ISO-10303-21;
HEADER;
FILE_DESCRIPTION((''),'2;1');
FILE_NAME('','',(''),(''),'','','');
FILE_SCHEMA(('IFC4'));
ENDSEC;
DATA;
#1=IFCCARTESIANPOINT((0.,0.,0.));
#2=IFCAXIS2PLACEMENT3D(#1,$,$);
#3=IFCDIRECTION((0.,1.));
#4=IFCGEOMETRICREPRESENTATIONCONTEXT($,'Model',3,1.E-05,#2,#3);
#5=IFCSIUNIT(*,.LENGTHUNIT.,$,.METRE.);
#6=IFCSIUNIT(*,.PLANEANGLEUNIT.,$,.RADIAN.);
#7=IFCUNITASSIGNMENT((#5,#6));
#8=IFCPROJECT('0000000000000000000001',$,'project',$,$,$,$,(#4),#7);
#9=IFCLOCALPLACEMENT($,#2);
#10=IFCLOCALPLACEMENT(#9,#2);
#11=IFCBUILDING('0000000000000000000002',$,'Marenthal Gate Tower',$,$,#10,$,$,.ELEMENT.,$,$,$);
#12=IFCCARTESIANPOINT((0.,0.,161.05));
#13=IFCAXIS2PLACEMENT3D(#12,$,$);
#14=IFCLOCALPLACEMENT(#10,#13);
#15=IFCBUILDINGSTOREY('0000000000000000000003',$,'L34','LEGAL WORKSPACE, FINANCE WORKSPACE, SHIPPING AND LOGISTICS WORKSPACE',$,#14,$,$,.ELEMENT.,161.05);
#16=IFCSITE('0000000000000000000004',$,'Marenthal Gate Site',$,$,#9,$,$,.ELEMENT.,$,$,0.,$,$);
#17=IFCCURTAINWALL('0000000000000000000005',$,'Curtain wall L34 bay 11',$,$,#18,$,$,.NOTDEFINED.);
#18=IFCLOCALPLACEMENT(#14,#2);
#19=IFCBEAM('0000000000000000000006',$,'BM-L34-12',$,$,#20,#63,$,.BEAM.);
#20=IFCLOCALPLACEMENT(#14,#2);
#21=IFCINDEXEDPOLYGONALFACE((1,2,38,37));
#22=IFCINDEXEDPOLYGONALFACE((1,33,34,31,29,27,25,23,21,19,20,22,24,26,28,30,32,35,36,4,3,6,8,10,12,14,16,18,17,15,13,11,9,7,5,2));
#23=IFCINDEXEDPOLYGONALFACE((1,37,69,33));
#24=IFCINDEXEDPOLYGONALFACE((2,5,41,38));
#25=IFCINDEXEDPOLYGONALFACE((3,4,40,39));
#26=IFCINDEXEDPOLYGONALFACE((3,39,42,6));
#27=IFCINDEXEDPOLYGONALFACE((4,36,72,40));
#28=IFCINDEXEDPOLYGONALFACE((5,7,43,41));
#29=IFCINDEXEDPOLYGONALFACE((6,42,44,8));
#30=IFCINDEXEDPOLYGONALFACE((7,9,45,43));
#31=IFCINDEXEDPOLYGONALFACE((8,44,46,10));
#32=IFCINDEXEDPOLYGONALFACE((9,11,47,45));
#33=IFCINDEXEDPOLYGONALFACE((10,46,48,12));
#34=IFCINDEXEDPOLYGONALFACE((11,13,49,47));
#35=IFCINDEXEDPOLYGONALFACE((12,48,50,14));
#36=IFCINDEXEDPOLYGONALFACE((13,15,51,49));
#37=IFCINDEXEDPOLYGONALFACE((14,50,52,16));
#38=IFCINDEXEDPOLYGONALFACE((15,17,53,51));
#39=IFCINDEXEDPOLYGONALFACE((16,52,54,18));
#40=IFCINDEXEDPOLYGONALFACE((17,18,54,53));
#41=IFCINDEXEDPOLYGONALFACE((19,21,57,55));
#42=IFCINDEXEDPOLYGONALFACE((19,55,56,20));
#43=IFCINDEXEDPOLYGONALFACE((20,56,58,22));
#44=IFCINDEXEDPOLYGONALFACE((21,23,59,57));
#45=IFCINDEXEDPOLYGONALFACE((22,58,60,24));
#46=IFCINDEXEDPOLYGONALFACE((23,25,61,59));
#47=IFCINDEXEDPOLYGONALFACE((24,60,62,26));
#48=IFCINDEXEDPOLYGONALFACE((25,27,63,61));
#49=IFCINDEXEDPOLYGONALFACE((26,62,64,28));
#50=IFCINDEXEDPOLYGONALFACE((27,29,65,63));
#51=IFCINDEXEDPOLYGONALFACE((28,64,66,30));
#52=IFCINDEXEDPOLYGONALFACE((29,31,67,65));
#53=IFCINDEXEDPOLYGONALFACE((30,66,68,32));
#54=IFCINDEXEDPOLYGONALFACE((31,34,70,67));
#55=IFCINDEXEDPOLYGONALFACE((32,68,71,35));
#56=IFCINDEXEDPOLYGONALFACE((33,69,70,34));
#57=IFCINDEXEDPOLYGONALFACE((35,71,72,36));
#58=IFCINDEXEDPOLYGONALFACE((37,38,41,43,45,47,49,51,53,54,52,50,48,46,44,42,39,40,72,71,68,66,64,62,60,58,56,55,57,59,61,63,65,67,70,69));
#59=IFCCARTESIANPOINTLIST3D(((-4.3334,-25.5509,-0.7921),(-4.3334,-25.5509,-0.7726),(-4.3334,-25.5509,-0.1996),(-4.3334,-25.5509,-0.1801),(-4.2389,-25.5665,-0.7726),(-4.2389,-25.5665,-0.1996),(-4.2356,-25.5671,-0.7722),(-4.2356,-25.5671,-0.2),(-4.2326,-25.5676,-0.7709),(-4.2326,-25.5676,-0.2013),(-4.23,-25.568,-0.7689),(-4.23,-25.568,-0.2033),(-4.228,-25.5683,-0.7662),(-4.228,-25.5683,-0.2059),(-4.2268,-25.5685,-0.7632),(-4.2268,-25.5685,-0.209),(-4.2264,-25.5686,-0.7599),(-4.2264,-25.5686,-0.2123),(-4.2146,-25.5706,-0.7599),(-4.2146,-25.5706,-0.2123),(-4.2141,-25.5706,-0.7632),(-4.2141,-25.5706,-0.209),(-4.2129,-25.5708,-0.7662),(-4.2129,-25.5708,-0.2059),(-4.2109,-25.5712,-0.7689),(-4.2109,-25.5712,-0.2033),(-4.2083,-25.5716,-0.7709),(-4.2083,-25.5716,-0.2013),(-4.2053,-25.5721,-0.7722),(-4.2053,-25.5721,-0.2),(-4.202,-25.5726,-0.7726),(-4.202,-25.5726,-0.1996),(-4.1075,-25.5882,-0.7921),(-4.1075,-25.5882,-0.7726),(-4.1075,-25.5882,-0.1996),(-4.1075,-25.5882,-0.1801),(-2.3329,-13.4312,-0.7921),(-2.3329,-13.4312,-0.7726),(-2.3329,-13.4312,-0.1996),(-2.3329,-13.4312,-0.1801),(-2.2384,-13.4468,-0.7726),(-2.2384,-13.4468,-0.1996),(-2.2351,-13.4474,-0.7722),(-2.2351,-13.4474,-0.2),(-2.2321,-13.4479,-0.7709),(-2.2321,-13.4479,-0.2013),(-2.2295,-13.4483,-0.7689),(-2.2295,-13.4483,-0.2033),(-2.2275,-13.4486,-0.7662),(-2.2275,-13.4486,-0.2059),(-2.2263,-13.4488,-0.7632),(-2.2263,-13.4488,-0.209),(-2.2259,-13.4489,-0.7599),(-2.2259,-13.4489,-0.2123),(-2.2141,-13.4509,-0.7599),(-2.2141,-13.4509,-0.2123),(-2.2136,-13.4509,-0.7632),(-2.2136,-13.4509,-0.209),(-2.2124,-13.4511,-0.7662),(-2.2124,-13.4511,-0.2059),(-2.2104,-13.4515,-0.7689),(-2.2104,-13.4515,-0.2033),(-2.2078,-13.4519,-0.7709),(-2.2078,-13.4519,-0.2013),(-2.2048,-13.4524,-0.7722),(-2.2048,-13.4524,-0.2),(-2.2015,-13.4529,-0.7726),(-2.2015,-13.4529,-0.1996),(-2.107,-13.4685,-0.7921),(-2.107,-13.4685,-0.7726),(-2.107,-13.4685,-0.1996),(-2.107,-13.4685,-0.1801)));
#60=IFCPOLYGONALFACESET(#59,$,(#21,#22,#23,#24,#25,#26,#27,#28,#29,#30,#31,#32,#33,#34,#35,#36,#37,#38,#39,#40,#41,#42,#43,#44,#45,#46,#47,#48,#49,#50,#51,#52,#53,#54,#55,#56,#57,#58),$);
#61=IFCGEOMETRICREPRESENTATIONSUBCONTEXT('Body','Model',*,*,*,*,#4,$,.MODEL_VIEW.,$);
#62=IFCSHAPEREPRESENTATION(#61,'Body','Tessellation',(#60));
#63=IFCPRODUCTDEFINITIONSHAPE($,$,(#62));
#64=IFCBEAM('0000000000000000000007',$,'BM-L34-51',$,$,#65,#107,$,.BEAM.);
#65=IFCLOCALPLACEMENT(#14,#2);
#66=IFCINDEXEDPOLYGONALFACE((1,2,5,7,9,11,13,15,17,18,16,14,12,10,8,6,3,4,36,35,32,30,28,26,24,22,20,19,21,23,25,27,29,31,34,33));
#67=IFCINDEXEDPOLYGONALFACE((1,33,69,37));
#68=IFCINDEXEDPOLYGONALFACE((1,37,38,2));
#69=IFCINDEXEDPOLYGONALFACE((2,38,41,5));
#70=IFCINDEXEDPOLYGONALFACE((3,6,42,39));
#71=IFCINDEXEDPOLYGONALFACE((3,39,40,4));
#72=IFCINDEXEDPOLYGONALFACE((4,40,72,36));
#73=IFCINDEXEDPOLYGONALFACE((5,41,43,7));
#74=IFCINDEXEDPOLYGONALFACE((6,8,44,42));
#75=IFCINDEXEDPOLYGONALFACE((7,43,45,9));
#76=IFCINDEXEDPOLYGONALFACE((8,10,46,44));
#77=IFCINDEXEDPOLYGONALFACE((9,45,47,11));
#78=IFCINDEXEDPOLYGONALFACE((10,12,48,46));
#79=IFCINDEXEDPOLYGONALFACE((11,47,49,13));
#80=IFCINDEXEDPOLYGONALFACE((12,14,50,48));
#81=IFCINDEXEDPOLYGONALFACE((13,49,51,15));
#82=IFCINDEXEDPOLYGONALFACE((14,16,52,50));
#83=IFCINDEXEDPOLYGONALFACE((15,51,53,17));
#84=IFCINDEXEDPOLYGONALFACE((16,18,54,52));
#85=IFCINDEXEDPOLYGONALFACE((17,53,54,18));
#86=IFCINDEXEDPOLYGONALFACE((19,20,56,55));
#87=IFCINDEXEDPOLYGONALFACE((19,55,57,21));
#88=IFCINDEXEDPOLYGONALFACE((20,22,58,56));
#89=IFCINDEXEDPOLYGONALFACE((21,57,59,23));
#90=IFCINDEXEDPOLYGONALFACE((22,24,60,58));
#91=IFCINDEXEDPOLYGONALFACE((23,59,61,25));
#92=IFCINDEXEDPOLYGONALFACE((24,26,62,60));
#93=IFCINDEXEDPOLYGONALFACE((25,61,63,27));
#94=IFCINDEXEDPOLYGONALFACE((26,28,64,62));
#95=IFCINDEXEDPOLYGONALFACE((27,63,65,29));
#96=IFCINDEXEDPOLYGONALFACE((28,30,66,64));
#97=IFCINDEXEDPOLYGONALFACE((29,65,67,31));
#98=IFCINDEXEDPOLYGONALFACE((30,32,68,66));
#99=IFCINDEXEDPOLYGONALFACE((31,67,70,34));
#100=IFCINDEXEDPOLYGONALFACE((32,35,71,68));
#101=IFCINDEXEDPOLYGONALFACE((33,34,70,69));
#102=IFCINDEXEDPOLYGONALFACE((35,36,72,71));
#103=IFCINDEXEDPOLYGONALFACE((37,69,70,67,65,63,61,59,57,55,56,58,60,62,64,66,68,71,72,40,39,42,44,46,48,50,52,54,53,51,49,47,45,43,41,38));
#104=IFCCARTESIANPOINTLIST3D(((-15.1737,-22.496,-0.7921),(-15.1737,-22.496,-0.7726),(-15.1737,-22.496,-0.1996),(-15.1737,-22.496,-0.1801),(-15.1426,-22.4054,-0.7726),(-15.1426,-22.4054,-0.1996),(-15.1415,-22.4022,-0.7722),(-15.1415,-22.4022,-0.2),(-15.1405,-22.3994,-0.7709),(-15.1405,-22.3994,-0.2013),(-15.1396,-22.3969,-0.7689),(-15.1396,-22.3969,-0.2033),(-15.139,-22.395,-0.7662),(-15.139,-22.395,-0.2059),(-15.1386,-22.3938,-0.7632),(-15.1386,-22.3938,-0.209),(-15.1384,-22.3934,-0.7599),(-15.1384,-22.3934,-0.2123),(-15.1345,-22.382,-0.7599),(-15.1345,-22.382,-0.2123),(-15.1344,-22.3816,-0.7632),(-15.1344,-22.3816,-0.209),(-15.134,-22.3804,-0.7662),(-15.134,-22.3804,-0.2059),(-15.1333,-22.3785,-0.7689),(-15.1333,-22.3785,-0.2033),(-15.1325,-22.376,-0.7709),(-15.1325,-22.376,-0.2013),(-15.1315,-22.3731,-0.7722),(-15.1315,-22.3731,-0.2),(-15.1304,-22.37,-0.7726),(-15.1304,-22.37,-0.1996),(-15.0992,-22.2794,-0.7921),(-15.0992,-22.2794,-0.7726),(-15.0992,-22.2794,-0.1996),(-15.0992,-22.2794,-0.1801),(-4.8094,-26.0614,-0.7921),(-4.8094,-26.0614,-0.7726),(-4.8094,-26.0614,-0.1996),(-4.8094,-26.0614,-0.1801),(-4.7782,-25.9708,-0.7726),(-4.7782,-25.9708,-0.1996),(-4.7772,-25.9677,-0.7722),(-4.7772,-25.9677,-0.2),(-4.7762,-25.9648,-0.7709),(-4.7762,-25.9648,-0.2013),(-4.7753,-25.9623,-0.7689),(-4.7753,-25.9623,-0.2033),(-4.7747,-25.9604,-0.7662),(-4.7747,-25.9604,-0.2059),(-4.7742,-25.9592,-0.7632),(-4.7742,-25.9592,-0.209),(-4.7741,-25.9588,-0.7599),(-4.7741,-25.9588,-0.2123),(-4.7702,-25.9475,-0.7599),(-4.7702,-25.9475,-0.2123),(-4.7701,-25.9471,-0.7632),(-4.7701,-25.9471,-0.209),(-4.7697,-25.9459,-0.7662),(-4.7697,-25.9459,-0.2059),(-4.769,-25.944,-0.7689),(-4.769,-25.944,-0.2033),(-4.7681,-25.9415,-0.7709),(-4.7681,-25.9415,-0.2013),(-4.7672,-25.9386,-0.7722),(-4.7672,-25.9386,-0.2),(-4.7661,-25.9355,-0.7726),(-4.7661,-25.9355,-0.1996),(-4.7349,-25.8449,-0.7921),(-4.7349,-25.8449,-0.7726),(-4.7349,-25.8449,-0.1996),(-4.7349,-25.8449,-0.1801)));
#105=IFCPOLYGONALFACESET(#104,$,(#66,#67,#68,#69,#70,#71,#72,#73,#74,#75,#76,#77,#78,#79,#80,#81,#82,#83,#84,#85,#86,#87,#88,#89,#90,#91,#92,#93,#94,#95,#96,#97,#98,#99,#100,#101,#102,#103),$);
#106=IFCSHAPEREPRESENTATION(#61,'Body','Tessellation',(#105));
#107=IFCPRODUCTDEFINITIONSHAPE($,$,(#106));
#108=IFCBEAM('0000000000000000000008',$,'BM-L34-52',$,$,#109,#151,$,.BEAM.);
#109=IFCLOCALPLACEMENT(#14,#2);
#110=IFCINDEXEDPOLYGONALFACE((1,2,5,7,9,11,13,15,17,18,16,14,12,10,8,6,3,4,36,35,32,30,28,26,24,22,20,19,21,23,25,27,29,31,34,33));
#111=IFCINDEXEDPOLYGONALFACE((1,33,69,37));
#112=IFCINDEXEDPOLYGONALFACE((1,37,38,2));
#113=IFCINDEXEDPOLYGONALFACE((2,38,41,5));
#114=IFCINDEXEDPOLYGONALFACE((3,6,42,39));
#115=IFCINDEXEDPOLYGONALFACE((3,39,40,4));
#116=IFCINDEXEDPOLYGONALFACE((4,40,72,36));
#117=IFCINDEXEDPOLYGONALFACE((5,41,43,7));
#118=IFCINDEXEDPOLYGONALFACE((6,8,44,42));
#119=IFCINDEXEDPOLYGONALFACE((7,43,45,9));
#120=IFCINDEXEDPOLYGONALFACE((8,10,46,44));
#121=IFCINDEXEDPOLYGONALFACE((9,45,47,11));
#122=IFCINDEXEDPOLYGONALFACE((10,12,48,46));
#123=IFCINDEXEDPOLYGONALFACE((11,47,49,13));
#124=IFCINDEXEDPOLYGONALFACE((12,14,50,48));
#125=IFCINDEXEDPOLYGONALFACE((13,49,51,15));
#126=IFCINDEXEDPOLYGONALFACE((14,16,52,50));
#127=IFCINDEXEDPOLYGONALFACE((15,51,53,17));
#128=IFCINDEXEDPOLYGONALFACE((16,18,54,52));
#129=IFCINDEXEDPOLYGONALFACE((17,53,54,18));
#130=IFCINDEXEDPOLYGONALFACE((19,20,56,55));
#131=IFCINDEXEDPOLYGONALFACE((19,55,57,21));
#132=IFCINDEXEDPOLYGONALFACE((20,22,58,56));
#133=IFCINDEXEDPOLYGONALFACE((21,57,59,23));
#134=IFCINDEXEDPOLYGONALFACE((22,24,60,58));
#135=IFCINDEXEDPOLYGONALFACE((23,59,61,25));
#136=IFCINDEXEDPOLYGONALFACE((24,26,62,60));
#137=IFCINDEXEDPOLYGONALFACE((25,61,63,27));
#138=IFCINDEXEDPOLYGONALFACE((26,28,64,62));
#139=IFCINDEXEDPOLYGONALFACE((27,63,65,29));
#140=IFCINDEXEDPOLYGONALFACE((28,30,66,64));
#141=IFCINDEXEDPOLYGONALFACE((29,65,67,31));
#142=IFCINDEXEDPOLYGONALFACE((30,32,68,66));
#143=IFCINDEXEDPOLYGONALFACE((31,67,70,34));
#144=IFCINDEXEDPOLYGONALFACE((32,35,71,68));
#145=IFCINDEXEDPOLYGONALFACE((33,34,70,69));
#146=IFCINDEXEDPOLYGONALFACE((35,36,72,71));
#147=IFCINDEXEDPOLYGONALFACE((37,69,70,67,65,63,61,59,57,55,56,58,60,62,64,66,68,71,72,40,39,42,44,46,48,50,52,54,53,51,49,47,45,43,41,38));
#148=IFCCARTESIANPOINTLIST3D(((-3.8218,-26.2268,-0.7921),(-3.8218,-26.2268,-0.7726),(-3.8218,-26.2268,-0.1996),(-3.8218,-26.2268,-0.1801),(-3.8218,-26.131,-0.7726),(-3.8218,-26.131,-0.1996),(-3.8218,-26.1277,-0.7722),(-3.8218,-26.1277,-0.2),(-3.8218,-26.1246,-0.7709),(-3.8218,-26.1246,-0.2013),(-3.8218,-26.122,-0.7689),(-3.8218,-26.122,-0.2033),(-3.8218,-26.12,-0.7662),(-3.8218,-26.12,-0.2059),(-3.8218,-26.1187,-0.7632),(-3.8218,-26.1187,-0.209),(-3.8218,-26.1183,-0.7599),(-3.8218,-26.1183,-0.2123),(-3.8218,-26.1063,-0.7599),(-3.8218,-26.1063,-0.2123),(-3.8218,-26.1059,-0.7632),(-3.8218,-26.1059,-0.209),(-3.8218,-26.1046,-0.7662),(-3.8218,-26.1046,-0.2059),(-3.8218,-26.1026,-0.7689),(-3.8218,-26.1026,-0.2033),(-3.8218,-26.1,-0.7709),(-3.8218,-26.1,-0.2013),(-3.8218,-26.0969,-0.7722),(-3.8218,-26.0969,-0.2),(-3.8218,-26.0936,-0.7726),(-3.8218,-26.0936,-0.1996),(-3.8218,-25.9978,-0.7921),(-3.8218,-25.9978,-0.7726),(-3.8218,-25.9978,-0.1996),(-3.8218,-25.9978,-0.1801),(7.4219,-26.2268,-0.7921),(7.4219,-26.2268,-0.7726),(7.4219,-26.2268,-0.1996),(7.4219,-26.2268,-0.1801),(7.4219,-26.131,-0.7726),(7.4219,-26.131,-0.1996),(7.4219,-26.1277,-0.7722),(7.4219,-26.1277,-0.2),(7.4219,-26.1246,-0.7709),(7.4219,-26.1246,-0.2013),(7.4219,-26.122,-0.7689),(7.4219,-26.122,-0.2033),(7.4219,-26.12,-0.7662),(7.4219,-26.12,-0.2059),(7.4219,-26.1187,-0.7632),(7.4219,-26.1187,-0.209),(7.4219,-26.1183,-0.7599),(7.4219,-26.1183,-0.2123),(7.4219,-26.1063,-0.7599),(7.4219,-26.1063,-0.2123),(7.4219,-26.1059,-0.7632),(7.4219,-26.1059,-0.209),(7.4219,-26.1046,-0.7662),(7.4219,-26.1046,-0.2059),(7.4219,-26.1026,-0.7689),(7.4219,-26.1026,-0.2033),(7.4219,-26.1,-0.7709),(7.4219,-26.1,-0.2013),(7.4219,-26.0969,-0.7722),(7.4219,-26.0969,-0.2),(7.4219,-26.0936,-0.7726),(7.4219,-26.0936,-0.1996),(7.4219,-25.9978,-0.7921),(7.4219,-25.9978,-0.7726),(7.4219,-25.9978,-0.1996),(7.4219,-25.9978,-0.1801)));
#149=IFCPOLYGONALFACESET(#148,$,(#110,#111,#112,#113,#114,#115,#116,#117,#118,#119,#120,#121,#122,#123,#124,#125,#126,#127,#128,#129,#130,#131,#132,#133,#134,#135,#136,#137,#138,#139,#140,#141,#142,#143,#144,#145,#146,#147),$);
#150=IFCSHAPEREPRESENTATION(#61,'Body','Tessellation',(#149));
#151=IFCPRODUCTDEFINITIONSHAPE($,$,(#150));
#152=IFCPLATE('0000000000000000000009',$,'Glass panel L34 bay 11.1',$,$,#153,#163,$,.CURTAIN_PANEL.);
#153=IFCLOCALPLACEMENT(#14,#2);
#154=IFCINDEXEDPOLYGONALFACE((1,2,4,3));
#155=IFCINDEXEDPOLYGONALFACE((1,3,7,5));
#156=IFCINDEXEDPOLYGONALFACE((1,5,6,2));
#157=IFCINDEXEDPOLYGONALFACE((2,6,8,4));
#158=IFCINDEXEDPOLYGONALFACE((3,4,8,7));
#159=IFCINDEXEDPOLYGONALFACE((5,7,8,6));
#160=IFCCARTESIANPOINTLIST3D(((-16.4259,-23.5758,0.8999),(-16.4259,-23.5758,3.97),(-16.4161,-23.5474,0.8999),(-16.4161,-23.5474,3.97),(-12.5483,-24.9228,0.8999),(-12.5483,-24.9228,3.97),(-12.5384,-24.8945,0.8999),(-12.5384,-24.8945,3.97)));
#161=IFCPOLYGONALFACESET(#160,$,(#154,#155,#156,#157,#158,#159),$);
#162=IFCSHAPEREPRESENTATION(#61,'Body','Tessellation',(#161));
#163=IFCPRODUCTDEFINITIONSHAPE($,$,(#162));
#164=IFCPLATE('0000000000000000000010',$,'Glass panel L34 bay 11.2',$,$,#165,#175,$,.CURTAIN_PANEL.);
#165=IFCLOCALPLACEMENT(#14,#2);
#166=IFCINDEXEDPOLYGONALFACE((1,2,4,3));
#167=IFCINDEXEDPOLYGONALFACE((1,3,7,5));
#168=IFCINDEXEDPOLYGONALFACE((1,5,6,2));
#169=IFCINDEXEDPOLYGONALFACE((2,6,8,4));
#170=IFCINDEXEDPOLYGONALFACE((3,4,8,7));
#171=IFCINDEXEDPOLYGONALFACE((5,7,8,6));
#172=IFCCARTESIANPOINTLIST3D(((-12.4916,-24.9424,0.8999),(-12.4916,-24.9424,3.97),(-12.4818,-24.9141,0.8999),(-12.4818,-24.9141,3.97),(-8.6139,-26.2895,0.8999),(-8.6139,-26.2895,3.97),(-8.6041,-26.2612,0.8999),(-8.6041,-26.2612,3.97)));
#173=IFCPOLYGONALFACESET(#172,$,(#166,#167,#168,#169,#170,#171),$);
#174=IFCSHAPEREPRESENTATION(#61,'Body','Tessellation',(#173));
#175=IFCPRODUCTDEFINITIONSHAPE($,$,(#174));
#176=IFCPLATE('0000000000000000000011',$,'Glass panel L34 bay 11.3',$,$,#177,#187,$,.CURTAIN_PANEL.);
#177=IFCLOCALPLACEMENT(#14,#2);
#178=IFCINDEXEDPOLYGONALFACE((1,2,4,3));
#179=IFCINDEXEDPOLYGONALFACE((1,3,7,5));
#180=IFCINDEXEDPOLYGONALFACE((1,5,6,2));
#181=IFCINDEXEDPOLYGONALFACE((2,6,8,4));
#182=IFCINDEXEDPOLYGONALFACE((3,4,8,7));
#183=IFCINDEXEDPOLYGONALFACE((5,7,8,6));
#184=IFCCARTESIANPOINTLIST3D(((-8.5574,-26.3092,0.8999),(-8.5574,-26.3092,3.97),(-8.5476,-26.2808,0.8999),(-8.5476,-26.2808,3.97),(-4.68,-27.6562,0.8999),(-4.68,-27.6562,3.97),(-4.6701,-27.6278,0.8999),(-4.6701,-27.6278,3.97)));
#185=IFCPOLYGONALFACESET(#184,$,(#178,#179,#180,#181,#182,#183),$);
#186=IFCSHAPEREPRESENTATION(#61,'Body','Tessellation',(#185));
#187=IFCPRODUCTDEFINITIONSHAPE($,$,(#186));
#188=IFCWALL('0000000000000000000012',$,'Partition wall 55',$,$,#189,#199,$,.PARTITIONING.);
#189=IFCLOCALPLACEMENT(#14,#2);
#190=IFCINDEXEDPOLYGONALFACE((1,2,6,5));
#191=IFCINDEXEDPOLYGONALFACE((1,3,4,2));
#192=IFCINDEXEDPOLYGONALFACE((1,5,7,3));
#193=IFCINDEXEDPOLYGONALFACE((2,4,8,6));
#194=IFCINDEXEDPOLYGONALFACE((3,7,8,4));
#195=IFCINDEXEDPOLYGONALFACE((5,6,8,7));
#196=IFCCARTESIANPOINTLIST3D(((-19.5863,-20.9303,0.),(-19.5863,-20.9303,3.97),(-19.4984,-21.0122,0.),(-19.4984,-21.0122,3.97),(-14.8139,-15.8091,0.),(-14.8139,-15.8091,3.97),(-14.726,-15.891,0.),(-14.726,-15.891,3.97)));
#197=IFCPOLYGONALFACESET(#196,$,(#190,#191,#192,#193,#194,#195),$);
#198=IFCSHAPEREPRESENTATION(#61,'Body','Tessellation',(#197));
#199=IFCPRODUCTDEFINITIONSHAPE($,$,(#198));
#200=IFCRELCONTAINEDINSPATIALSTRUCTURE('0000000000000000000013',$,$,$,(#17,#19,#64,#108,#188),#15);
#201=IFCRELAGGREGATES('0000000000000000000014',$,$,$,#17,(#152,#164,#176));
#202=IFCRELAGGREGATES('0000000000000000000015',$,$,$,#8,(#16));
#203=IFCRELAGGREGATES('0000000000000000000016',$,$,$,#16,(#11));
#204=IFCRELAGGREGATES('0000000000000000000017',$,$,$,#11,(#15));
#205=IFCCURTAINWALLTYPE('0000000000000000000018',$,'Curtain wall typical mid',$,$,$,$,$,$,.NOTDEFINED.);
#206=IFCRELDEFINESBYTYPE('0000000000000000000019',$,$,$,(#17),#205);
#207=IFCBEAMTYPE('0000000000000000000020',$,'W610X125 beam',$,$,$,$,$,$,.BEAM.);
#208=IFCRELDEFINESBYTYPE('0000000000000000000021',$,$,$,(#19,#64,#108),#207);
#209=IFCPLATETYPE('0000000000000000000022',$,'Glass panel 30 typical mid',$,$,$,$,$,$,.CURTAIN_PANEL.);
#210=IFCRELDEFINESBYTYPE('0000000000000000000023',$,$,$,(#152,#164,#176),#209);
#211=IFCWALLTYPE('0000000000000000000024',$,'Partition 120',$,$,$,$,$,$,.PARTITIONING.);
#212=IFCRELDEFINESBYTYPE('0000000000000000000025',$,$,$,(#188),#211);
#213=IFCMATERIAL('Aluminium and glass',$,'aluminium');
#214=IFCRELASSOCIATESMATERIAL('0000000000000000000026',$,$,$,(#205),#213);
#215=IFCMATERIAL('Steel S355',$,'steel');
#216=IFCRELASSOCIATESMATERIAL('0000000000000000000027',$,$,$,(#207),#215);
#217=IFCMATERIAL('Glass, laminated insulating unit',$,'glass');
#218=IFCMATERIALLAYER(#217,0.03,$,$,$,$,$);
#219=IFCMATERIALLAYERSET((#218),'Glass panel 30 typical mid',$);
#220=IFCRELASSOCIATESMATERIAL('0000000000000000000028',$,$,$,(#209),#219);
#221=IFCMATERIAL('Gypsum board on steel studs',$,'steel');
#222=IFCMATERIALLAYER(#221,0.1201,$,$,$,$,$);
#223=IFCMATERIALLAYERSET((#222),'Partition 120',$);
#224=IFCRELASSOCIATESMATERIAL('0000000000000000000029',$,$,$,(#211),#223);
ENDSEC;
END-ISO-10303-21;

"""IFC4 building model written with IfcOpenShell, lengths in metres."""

from ifc_helpers import new_model, si_unit, direction, frame, frame_2d, origin, origin_2d, place, context, subcontext, project, spatial, rectangle, i_section, extrude, material, layer, layer_set, material_profile, profile_set, type_object, element, aggregate, save


model = new_model("IFC4")

# Units and contexts
model_context = context("Model", 3, precision=1e-05, world=origin(), true_north=direction((0.0, 1.0)))
body_context = subcontext(model_context, "Body", "Model", "MODEL_VIEW")
ifc_project = project(units=[si_unit("LENGTHUNIT", "METRE"), si_unit("PLANEANGLEUNIT", "RADIAN")], contexts=[model_context])

# Site, building, storey
site_placement = place(None, origin())
site = spatial("IfcSite", under=ifc_project, at=site_placement, Name="Marenthal Gate Site", CompositionType="ELEMENT", RefElevation=0.0)
building_placement = place(site_placement, origin())
building = spatial("IfcBuilding", under=site, at=building_placement, Name="Marenthal Gate Tower", CompositionType="ELEMENT")
storey_placement = place(building_placement, frame((0.0, 0.0, 161.05)))
storey = spatial("IfcBuildingStorey", under=building, at=storey_placement, Name="L34", Description="LEGAL WORKSPACE, FINANCE WORKSPACE, SHIPPING AND LOGISTICS WORKSPACE", CompositionType="ELEMENT", Elevation=161.05)

# Curtain wall
ifc_material_1 = material(Name="Aluminium and glass", Category="aluminium")
curtain_wall_type = type_object("IfcCurtainWallType", Name="Curtain wall typical mid", PredefinedType="NOTDEFINED", material=ifc_material_1)
curtain_wall_placement = place(storey_placement, origin())
curtain_wall = element("IfcCurtainWall", 1, at=curtain_wall_placement, inside=storey, type_object=curtain_wall_type, Name="Curtain wall L34 bay 11", PredefinedType="NOTDEFINED")

# Beams
ifc_material_2 = material(Name="Steel S355", Category="steel")
ifc_material_profile_1 = material_profile(ifc_material_2, i_section(OverallWidth=0.229, OverallDepth=0.6121, WebThickness=0.012, FlangeThickness=0.0195, FilletRadius=0.0127, at=origin_2d()), Name="W610X125")
ifc_profile_set_1 = profile_set([ifc_material_profile_1], Name="Steel S355")
beam_type_1 = type_object("IfcBeamType", Name="W610X125 beam", PredefinedType="BEAM", material=ifc_profile_set_1)
beam_1_placement = place(storey_placement, frame((-4.2205, -25.5696, -0.4861), z_axis=(0.162858, 0.986649, 0.0), x_axis=(-0.986649, 0.162858, 0.0)))
element("IfcBeam", 2, at=beam_1_placement, inside=storey, type_object=beam_type_1, Name="BM-L34-12", PredefinedType="BEAM", context=body_context, shape_type="SweptSolid", body=[
    extrude(i_section(OverallWidth=0.229, OverallDepth=0.6121, WebThickness=0.012, FlangeThickness=0.0195, FilletRadius=0.0127, at=origin_2d()), origin(), (0.0, 0.0, 1.0), 12.2837),
])
beam_2_placement = place(storey_placement, frame((-15.1365, -22.3877, -0.4861), z_axis=(0.94561, -0.325301, 0.0), x_axis=(0.325301, 0.94561, 0.0)))
element("IfcBeam", 3, at=beam_2_placement, inside=storey, type_object=beam_type_1, Name="BM-L34-51", PredefinedType="BEAM", context=body_context, shape_type="SweptSolid", body=[
    extrude(i_section(OverallWidth=0.229, OverallDepth=0.6121, WebThickness=0.012, FlangeThickness=0.0195, FilletRadius=0.0127, at=origin_2d()), origin(), (0.0, 0.0, 1.0), 10.9604),
])
beam_3_placement = place(storey_placement, frame((-3.8218, -26.1123, -0.4861), z_axis=(1.0, 0.0, 0.0), x_axis=(0.0, 1.0, 0.0)))
element("IfcBeam", 4, at=beam_3_placement, inside=storey, type_object=beam_type_1, Name="BM-L34-52", PredefinedType="BEAM", context=body_context, shape_type="SweptSolid", body=[
    extrude(i_section(OverallWidth=0.229, OverallDepth=0.6121, WebThickness=0.012, FlangeThickness=0.0195, FilletRadius=0.0127, at=origin_2d()), origin(), (0.0, 0.0, 1.0), 11.2437),
])

# Plates
ifc_material_3 = material(Name="Glass, laminated insulating unit", Category="glass")
ifc_layer_1 = layer(ifc_material_3, 0.03)
ifc_layer_set_1 = layer_set([ifc_layer_1], Name="Glass panel 30 typical mid")
plate_type = type_object("IfcPlateType", Name="Glass panel 30 typical mid", PredefinedType="CURTAIN_PANEL", material=ifc_layer_set_1)
plate_1_placement = place(storey_placement, frame((-14.4822, -24.2351, 0.8999), z_axis=(0.0, 0.0, 1.0), x_axis=(0.944623, -0.328158, 0.0)))
plate_1 = element("IfcPlate", 5, at=plate_1_placement, type_object=plate_type, Name="Glass panel L34 bay 11.1", PredefinedType="CURTAIN_PANEL", context=body_context, shape_type="SweptSolid", body=[
    extrude(rectangle(XDim=4.105, YDim=0.03, at=origin_2d()), origin(), (0.0, 0.0, 1.0), 3.0701),
])
plate_2_placement = place(storey_placement, frame((-10.5479, -25.6018, 0.8999), z_axis=(0.0, 0.0, 1.0), x_axis=(0.944623, -0.328158, 0.0)))
plate_2 = element("IfcPlate", 6, at=plate_2_placement, type_object=plate_type, Name="Glass panel L34 bay 11.2", PredefinedType="CURTAIN_PANEL", context=body_context, shape_type="SweptSolid", body=[
    extrude(rectangle(XDim=4.105, YDim=0.03, at=origin_2d()), origin(), (0.0, 0.0, 1.0), 3.0701),
])
plate_3_placement = place(storey_placement, frame((-6.6138, -26.9685, 0.8999), z_axis=(0.0, 0.0, 1.0), x_axis=(0.944623, -0.328158, 0.0)))
plate_3 = element("IfcPlate", 7, at=plate_3_placement, type_object=plate_type, Name="Glass panel L34 bay 11.3", PredefinedType="CURTAIN_PANEL", context=body_context, shape_type="SweptSolid", body=[
    extrude(rectangle(XDim=4.1047, YDim=0.03, at=origin_2d()), origin(), (0.0, 0.0, 1.0), 3.0701),
])
aggregate(curtain_wall, [plate_1, plate_2, plate_3])

# Wall
ifc_material_4 = material(Name="Gypsum board on steel studs", Category="steel")
ifc_layer_2 = layer(ifc_material_4, 0.1201)
ifc_layer_set_2 = layer_set([ifc_layer_2], Name="Partition 120")
wall_type_1 = type_object("IfcWallType", Name="Partition 120", PredefinedType="PARTITIONING", material=ifc_layer_set_2)
wall_1_placement = place(storey_placement, frame((-14.77, -15.8501, 0.0), z_axis=(0.0, 0.0, 1.0), x_axis=(-0.681749, -0.731586, 0.0)))
element("IfcWall", 8, at=wall_1_placement, inside=storey, type_object=wall_type_1, Name="Partition wall 55", PredefinedType="PARTITIONING", context=body_context, shape_type="SweptSolid", body=[
    extrude(rectangle(XDim=7.0002, YDim=0.1201, at=frame_2d((3.5, 0.0))), origin(), (0.0, 0.0, 1.0), 3.97),
])

save(model, "model.ifc")
